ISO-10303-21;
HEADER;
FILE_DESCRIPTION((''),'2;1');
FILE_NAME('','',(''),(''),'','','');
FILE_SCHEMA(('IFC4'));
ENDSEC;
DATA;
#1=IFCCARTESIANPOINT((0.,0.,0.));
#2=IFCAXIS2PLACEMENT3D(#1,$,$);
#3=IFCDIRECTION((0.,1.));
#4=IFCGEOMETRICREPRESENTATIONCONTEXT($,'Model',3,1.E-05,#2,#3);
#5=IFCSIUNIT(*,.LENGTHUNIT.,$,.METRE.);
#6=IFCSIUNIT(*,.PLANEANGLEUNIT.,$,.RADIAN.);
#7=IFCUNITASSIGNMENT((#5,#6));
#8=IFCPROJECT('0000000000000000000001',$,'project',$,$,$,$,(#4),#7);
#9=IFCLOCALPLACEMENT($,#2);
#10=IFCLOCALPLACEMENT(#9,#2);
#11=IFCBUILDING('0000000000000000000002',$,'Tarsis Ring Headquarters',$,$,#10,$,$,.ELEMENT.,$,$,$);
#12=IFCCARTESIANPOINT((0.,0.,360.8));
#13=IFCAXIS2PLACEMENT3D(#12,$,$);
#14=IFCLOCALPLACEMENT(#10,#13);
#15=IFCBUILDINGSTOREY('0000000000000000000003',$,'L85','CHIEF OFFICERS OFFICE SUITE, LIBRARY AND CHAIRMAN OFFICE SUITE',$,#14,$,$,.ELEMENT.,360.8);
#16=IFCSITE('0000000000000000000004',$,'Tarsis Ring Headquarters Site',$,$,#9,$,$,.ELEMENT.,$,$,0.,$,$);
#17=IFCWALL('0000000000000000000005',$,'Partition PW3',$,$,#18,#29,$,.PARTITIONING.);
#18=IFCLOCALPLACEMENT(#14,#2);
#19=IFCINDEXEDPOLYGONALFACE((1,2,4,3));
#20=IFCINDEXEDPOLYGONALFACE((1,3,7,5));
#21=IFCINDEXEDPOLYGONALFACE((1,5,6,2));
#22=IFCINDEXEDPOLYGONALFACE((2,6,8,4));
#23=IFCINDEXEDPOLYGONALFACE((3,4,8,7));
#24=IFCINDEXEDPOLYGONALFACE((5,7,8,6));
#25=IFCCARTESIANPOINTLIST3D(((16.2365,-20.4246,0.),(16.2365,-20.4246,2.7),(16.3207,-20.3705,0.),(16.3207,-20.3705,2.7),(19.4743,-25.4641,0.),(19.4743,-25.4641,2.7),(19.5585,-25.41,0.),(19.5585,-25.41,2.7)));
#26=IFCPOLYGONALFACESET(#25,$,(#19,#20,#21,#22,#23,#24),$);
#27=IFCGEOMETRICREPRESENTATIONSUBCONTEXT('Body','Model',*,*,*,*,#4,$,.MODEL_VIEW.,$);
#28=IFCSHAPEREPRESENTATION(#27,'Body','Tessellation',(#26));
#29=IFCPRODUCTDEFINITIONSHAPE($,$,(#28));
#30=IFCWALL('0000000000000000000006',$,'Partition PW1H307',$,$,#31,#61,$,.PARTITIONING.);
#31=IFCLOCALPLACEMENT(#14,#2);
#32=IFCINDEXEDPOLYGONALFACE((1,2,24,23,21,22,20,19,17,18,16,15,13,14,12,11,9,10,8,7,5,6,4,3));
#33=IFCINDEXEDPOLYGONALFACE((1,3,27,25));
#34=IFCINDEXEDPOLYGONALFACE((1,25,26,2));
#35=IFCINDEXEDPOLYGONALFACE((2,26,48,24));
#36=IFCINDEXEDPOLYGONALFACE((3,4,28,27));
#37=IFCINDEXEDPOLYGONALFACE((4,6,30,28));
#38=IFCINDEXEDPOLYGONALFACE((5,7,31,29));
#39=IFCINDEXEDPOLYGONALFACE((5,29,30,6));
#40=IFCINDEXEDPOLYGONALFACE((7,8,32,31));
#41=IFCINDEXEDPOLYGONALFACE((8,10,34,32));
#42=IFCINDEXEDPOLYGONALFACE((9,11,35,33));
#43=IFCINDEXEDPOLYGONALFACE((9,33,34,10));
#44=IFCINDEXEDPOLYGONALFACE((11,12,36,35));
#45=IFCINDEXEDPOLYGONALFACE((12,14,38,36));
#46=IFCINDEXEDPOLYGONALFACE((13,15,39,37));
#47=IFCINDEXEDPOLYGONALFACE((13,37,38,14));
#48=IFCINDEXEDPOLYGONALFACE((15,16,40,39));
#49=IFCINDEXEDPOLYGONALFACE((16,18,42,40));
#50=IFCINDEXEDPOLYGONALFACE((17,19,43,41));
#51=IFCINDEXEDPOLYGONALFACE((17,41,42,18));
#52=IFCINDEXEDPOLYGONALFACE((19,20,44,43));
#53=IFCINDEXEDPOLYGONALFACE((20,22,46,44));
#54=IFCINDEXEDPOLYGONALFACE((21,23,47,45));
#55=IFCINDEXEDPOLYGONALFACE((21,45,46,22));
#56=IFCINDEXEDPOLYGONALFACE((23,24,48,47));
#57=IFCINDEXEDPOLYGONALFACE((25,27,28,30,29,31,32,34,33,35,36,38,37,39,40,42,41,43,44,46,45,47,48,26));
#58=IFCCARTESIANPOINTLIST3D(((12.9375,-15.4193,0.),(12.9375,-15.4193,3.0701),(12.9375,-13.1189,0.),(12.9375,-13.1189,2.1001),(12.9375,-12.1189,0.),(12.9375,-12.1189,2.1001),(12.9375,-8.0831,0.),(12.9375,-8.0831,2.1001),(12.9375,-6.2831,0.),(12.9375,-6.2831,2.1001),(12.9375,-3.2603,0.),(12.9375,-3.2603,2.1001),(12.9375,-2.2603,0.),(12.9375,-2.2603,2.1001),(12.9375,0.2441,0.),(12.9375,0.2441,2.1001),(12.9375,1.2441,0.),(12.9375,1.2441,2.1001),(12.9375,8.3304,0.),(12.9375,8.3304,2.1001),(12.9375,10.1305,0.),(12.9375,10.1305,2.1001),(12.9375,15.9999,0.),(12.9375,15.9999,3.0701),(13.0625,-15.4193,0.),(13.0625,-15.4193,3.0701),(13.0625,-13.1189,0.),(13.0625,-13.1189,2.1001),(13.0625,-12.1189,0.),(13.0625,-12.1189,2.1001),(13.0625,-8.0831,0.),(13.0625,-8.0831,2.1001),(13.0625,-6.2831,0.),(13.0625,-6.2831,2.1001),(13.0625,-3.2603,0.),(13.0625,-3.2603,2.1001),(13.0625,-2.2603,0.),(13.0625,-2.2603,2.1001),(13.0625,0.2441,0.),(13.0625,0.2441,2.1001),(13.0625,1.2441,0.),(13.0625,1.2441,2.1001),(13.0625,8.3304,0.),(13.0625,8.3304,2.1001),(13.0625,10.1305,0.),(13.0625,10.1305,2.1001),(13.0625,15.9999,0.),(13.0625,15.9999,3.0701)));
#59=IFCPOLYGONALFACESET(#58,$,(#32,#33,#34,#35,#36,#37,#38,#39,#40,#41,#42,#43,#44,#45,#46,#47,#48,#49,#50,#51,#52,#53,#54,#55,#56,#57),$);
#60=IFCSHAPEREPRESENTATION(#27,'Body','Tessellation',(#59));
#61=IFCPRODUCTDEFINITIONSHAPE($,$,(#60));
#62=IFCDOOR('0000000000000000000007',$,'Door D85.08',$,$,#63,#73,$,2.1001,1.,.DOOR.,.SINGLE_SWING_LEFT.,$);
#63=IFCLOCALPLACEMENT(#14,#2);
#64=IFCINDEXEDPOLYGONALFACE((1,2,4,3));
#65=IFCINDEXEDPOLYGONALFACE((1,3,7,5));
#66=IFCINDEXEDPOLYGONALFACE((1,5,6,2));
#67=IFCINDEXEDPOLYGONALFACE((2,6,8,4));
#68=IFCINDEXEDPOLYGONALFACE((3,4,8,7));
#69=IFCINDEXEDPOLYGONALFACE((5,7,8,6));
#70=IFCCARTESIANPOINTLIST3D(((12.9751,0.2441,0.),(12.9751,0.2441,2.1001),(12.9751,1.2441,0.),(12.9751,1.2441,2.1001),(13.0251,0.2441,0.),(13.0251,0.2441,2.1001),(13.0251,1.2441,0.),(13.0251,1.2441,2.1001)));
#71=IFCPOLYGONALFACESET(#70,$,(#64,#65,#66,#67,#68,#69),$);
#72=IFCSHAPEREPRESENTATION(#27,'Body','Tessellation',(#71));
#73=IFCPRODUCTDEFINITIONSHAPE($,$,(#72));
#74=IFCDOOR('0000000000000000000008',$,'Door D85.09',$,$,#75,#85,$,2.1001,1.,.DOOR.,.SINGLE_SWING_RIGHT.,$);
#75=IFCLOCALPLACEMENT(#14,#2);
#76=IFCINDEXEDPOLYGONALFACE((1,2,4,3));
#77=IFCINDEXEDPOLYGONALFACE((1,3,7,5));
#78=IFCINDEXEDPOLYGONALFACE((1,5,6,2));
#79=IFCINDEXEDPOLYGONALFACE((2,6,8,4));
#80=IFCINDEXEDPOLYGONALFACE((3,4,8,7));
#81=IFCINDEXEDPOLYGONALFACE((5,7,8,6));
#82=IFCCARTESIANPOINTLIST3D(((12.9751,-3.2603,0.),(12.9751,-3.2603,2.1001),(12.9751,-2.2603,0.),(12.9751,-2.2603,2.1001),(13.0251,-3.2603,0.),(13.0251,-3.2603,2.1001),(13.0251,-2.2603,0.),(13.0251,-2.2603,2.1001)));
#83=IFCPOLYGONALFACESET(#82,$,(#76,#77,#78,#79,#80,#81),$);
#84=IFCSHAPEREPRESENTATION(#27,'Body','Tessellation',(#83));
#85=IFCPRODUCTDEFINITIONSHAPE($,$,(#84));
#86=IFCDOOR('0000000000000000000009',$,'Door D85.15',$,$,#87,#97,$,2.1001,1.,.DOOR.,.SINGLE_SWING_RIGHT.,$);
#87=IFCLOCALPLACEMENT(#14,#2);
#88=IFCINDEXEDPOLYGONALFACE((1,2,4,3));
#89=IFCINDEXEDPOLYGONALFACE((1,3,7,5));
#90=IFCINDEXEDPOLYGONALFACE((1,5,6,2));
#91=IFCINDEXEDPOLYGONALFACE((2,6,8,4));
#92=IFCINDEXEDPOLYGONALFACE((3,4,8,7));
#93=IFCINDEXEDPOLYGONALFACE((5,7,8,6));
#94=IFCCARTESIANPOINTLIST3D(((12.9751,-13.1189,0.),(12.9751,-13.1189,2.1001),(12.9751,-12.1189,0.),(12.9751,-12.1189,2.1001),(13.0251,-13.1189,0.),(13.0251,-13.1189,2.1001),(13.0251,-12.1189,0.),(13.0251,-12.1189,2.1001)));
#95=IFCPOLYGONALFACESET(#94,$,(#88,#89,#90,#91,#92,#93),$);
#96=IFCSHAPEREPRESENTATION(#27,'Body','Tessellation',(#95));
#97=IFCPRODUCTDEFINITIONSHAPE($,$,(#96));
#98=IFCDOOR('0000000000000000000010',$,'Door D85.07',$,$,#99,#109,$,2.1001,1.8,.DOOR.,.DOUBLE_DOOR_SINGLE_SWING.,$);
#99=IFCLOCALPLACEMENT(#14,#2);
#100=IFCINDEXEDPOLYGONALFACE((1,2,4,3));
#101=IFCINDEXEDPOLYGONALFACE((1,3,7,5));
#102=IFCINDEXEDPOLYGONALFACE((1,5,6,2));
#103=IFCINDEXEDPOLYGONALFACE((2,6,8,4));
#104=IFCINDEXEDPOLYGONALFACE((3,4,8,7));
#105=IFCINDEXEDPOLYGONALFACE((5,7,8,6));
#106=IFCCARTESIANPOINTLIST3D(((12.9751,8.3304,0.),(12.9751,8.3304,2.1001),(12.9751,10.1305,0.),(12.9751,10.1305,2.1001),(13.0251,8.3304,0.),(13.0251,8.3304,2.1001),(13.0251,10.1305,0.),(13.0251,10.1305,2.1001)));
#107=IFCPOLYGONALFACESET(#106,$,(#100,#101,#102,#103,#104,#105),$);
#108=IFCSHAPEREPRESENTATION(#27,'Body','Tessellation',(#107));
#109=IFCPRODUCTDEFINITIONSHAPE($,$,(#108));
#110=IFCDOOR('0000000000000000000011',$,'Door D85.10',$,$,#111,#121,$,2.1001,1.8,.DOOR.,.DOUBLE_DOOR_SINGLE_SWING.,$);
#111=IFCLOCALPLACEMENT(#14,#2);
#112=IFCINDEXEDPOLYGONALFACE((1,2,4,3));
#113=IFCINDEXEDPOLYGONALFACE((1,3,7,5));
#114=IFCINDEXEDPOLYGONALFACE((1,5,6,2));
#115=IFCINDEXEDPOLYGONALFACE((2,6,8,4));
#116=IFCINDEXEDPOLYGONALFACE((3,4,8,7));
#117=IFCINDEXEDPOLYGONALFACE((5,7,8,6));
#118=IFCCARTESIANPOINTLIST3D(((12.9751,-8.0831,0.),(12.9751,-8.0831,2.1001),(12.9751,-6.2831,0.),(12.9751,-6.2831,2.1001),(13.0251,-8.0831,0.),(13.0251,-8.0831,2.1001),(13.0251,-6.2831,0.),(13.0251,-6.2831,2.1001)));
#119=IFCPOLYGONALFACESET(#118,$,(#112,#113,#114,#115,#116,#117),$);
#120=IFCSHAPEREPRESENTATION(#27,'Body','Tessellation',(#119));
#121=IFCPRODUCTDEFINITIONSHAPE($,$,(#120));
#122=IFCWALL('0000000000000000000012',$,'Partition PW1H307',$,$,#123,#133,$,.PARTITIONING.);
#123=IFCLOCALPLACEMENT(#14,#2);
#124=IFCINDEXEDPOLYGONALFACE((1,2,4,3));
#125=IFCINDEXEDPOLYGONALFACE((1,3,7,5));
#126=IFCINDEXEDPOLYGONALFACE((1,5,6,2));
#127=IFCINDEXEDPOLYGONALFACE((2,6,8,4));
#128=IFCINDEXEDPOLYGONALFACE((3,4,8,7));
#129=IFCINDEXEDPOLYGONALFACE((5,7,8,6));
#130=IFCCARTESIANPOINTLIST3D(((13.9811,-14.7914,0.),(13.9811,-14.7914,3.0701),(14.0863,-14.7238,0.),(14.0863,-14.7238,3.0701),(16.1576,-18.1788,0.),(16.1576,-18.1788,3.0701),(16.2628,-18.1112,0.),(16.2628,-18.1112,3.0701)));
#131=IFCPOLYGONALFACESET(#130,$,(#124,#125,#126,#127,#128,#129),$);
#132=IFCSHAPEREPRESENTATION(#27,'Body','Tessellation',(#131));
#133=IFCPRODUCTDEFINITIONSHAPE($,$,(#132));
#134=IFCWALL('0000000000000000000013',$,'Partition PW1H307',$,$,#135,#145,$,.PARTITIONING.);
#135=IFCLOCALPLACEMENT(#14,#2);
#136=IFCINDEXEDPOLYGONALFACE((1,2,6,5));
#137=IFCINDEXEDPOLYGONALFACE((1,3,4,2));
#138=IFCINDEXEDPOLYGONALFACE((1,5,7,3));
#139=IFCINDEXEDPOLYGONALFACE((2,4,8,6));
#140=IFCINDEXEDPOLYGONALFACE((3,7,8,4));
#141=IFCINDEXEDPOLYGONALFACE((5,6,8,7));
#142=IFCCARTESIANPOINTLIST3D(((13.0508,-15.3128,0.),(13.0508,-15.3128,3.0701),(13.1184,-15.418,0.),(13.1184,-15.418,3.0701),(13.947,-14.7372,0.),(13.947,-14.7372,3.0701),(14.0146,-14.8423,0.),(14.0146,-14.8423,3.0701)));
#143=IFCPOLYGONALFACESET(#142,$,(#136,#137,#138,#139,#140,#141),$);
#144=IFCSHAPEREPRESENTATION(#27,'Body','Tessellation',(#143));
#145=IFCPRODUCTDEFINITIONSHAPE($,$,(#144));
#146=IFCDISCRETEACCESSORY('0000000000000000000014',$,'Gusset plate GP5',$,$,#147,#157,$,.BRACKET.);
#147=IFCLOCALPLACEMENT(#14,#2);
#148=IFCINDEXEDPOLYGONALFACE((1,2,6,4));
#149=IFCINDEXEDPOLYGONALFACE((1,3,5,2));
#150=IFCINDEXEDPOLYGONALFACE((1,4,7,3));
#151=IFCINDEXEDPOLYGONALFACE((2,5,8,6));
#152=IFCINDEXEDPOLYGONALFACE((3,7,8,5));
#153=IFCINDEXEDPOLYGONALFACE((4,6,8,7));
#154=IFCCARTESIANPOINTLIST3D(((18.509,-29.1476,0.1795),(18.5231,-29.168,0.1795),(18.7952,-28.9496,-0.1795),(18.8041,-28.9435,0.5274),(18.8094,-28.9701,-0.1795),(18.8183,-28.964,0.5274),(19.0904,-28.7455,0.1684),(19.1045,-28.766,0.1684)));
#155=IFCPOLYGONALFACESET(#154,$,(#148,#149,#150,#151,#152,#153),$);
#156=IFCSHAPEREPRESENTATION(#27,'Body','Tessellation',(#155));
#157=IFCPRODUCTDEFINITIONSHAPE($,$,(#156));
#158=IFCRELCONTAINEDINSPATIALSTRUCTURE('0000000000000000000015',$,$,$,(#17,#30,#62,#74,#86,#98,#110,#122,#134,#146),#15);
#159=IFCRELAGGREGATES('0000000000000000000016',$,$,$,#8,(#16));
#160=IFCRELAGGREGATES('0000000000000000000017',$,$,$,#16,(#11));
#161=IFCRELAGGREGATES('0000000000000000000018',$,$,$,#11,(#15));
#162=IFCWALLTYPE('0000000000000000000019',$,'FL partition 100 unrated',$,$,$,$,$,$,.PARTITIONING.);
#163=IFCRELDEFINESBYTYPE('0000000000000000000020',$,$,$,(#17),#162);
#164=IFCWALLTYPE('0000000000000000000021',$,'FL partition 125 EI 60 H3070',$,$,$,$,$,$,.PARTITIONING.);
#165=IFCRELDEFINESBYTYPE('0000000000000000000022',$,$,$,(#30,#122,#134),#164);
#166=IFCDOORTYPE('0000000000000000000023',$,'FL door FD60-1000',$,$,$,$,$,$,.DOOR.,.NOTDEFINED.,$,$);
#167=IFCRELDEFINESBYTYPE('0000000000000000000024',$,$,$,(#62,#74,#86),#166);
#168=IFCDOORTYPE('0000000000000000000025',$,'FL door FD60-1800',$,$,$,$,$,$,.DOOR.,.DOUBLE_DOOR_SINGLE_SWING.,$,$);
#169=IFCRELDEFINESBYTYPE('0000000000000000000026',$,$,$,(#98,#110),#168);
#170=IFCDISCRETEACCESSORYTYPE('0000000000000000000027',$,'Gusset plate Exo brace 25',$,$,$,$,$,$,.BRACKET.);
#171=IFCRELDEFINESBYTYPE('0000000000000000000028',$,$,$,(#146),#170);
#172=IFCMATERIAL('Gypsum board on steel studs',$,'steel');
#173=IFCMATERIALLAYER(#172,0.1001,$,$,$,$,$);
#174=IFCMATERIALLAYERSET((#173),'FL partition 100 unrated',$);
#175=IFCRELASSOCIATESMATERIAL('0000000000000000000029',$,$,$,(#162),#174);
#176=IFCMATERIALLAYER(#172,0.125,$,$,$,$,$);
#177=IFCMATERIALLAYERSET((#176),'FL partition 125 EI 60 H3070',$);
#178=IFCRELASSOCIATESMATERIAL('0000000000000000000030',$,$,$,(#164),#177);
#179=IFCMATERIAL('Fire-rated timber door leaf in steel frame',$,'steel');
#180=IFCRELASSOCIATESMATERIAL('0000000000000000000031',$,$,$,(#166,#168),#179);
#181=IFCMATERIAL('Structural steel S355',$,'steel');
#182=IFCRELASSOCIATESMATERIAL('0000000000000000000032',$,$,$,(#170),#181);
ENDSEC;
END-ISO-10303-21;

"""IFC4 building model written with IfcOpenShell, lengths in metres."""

from ifc_helpers import new_model, si_unit, direction, frame, frame_2d, origin, origin_2d, place, context, subcontext, project, spatial, rectangle, extrude, material, layer, layer_set, material_profile, profile_set, type_object, element, fill, save


model = new_model("IFC4")

# Units and contexts
model_context = context("Model", 3, precision=1e-05, world=origin(), true_north=direction((0.0, 1.0)))
body_context = subcontext(model_context, "Body", "Model", "MODEL_VIEW")
ifc_project = project(units=[si_unit("LENGTHUNIT", "METRE"), si_unit("PLANEANGLEUNIT", "RADIAN")], contexts=[model_context])

# Site, building, storey
site_placement = place(None, origin())
site = spatial("IfcSite", under=ifc_project, at=site_placement, Name="Tarsis Ring Headquarters Site", CompositionType="ELEMENT", RefElevation=0.0)
building_placement = place(site_placement, origin())
building = spatial("IfcBuilding", under=site, at=building_placement, Name="Tarsis Ring Headquarters", CompositionType="ELEMENT")
storey_placement = place(building_placement, frame((0.0, 0.0, 360.8)))
storey = spatial("IfcBuildingStorey", under=building, at=storey_placement, Name="L85", Description="CHIEF OFFICERS OFFICE SUITE, LIBRARY AND CHAIRMAN OFFICE SUITE", CompositionType="ELEMENT", Elevation=360.8)

# Shared definitions
ifc_material_1 = material(Name="Structural steel S355", Category="steel")

# Wall
ifc_material_2 = material(Name="Gypsum board on steel studs", Category="steel")
ifc_layer_1 = layer(ifc_material_2, 0.1001)
ifc_layer_set_1 = layer_set([ifc_layer_1], Name="FL partition 100 unrated")
wall_type_1 = type_object("IfcWallType", Name="FL partition 100 unrated", PredefinedType="PARTITIONING", material=ifc_layer_set_1)
wall_1_placement = place(storey_placement, frame((16.2786, -20.3975, 0.0), z_axis=(0.0, 0.0, 1.0), x_axis=(0.540531, -0.841324, 0.0)))
element("IfcWall", 1, at=wall_1_placement, inside=storey, type_object=wall_type_1, Name="Partition PW3", PredefinedType="PARTITIONING", context=body_context, shape_type="SweptSolid", body=[
    extrude(rectangle(XDim=5.99, YDim=0.1001, at=frame_2d((2.9951, 0.0))), origin(), (0.0, 0.0, 1.0), 2.7),
])

# Wall, openings, doors
ifc_layer_2 = layer(ifc_material_2, 0.125)
ifc_layer_set_2 = layer_set([ifc_layer_2], Name="FL partition 125 EI 60 H3070")
wall_type_2 = type_object("IfcWallType", Name="FL partition 125 EI 60 H3070", PredefinedType="PARTITIONING", material=ifc_layer_set_2)
wall_2_placement = place(storey_placement, frame((13.0, -15.4192, 0.0), z_axis=(0.0, 0.0, 1.0), x_axis=(0.0, 1.0, 0.0)))
wall_2 = element("IfcWall", 2, at=wall_2_placement, inside=storey, type_object=wall_type_2, Name="Partition PW1H307", PredefinedType="PARTITIONING", context=body_context, shape_type="SweptSolid", body=[
    extrude(rectangle(XDim=31.4192, YDim=0.125, at=frame_2d((15.7095, 0.0))), origin(), (0.0, 0.0, 1.0), 3.0701),
])
opening_1_placement = place(wall_2_placement, frame((23.7498, 0.0, 0.0)))
opening_1 = element("IfcOpeningElement", 3, at=opening_1_placement, cuts=wall_2, PredefinedType="OPENING", context=body_context, shape_type="SweptSolid", body=[
    extrude(rectangle(XDim=1.8, YDim=2.1001, at=frame_2d((0.8999, 1.05))), frame((0.0, 0.0725, 0.0), z_axis=(0.0, -1.0, 0.0), x_axis=(1.0, 0.0, 0.0)), (0.0, 0.0, 1.0), 0.145),
])
opening_2_placement = place(wall_2_placement, frame((15.6633, 0.0, 0.0)))
opening_2 = element("IfcOpeningElement", 4, at=opening_2_placement, cuts=wall_2, PredefinedType="OPENING", context=body_context, shape_type="SweptSolid", body=[
    extrude(rectangle(XDim=1.0, YDim=2.1001, at=frame_2d((0.5, 1.05))), frame((0.0, 0.0725, 0.0), z_axis=(0.0, -1.0, 0.0), x_axis=(1.0, 0.0, 0.0)), (0.0, 0.0, 1.0), 0.145),
])
opening_3_placement = place(wall_2_placement, frame((12.1589, 0.0, 0.0)))
opening_3 = element("IfcOpeningElement", 5, at=opening_3_placement, cuts=wall_2, PredefinedType="OPENING", context=body_context, shape_type="SweptSolid", body=[
    extrude(rectangle(XDim=1.0, YDim=2.1001, at=frame_2d((0.5, 1.05))), frame((0.0, 0.0725, 0.0), z_axis=(0.0, -1.0, 0.0), x_axis=(1.0, 0.0, 0.0)), (0.0, 0.0, 1.0), 0.145),
])
opening_4_placement = place(wall_2_placement, frame((7.3362, 0.0, 0.0)))
opening_4 = element("IfcOpeningElement", 6, at=opening_4_placement, cuts=wall_2, PredefinedType="OPENING", context=body_context, shape_type="SweptSolid", body=[
    extrude(rectangle(XDim=1.8, YDim=2.1001, at=frame_2d((0.8999, 1.05))), frame((0.0, 0.0725, 0.0), z_axis=(0.0, -1.0, 0.0), x_axis=(1.0, 0.0, 0.0)), (0.0, 0.0, 1.0), 0.145),
])
opening_5_placement = place(wall_2_placement, frame((2.3003, 0.0, 0.0)))
opening_5 = element("IfcOpeningElement", 7, at=opening_5_placement, cuts=wall_2, PredefinedType="OPENING", context=body_context, shape_type="SweptSolid", body=[
    extrude(rectangle(XDim=1.0, YDim=2.1001, at=frame_2d((0.5, 1.05))), frame((0.0, 0.0725, 0.0), z_axis=(0.0, -1.0, 0.0), x_axis=(1.0, 0.0, 0.0)), (0.0, 0.0, 1.0), 0.145),
])
ifc_material_3 = material(Name="Fire-rated timber door leaf in steel frame", Category="steel")
door_type_1 = type_object("IfcDoorType", Name="FL door FD60-1000", OperationType="NOTDEFINED", PredefinedType="DOOR", material=ifc_material_3)
door_1_placement = place(opening_2_placement, origin())
door_1 = element("IfcDoor", 8, at=door_1_placement, inside=storey, type_object=door_type_1, Name="Door D85.08", OperationType="SINGLE_SWING_LEFT", OverallHeight=2.1001, OverallWidth=1.0, PredefinedType="DOOR", context=body_context, shape_type="SweptSolid", body=[
    extrude(rectangle(XDim=1.0, YDim=2.1001, at=frame_2d((0.5, 1.05))), frame((0.0, 0.0249, 0.0), z_axis=(0.0, -1.0, 0.0), x_axis=(1.0, 0.0, 0.0)), (0.0, 0.0, 1.0), 0.05),
])
fill(opening_2, door_1)
door_2_placement = place(opening_3_placement, origin())
door_2 = element("IfcDoor", 9, at=door_2_placement, inside=storey, type_object=door_type_1, Name="Door D85.09", OperationType="SINGLE_SWING_RIGHT", OverallHeight=2.1001, OverallWidth=1.0, PredefinedType="DOOR", context=body_context, shape_type="SweptSolid", body=[
    extrude(rectangle(XDim=1.0, YDim=2.1001, at=frame_2d((0.5, 1.05))), frame((0.0, 0.0249, 0.0), z_axis=(0.0, -1.0, 0.0), x_axis=(1.0, 0.0, 0.0)), (0.0, 0.0, 1.0), 0.05),
])
fill(opening_3, door_2)
door_3_placement = place(opening_5_placement, origin())
door_3 = element("IfcDoor", 10, at=door_3_placement, inside=storey, type_object=door_type_1, Name="Door D85.15", OperationType="SINGLE_SWING_RIGHT", OverallHeight=2.1001, OverallWidth=1.0, PredefinedType="DOOR", context=body_context, shape_type="SweptSolid", body=[
    extrude(rectangle(XDim=1.0, YDim=2.1001, at=frame_2d((0.5, 1.05))), frame((0.0, 0.0249, 0.0), z_axis=(0.0, -1.0, 0.0), x_axis=(1.0, 0.0, 0.0)), (0.0, 0.0, 1.0), 0.05),
])
fill(opening_5, door_3)
door_type_2 = type_object("IfcDoorType", Name="FL door FD60-1800", OperationType="DOUBLE_DOOR_SINGLE_SWING", PredefinedType="DOOR", material=ifc_material_3)
door_4_placement = place(opening_1_placement, origin())
door_4 = element("IfcDoor", 11, at=door_4_placement, inside=storey, type_object=door_type_2, Name="Door D85.07", OperationType="DOUBLE_DOOR_SINGLE_SWING", OverallHeight=2.1001, OverallWidth=1.8, PredefinedType="DOOR", context=body_context, shape_type="SweptSolid", body=[
    extrude(rectangle(XDim=1.8, YDim=2.1001, at=frame_2d((0.8999, 1.05))), frame((0.0, 0.0249, 0.0), z_axis=(0.0, -1.0, 0.0), x_axis=(1.0, 0.0, 0.0)), (0.0, 0.0, 1.0), 0.05),
])
fill(opening_1, door_4)
door_5_placement = place(opening_4_placement, origin())
door_5 = element("IfcDoor", 12, at=door_5_placement, inside=storey, type_object=door_type_2, Name="Door D85.10", OperationType="DOUBLE_DOOR_SINGLE_SWING", OverallHeight=2.1001, OverallWidth=1.8, PredefinedType="DOOR", context=body_context, shape_type="SweptSolid", body=[
    extrude(rectangle(XDim=1.8, YDim=2.1001, at=frame_2d((0.8999, 1.05))), frame((0.0, 0.0249, 0.0), z_axis=(0.0, -1.0, 0.0), x_axis=(1.0, 0.0, 0.0)), (0.0, 0.0, 1.0), 0.05),
])
fill(opening_4, door_5)

# Walls
wall_3_placement = place(storey_placement, frame((14.0337, -14.7576, 0.0), z_axis=(0.0, 0.0, 1.0), x_axis=(0.540558, -0.841307, 0.0)))
element("IfcWall", 13, at=wall_3_placement, inside=storey, type_object=wall_type_2, Name="Partition PW1H307", PredefinedType="PARTITIONING", context=body_context, shape_type="SweptSolid", body=[
    extrude(rectangle(XDim=4.0264, YDim=0.125, at=frame_2d((2.0132, 0.0))), origin(), (0.0, 0.0, 1.0), 3.0701),
])
wall_4_placement = place(storey_placement, frame((13.0845, -15.3655, 0.0), z_axis=(0.0, 0.0, 1.0), x_axis=(0.841379, 0.540445, 0.0)))
element("IfcWall", 14, at=wall_4_placement, inside=storey, type_object=wall_type_2, Name="Partition PW1H307", PredefinedType="PARTITIONING", context=body_context, shape_type="SweptSolid", body=[
    extrude(rectangle(XDim=1.0652, YDim=0.125, at=frame_2d((0.5327, 0.0))), origin(), (0.0, 0.0, 1.0), 3.0701),
])

# Discrete accessory
ifc_material_profile_1 = material_profile(ifc_material_1, rectangle(XDim=0.0249, YDim=0.5, at=origin_2d()), Name="PL 25x500")
ifc_profile_set_1 = profile_set([ifc_material_profile_1], Name="Structural steel S355")
discrete_accessory_type = type_object("IfcDiscreteAccessoryType", Name="Gusset plate Exo brace 25", PredefinedType="BRACKET", material=ifc_profile_set_1)
discrete_accessory_placement = place(storey_placement, frame((18.6592, -29.0588, 0.0), z_axis=(0.59055, 0.408354, 0.696058), x_axis=(-0.56875, 0.82251, 0.0)))
element("IfcDiscreteAccessory", 15, at=discrete_accessory_placement, inside=storey, type_object=discrete_accessory_type, Name="Gusset plate GP5", PredefinedType="BRACKET", context=body_context, shape_type="SweptSolid", body=[
    extrude(rectangle(XDim=0.0249, YDim=0.5, at=origin_2d()), origin(), (0.0, 0.0, 1.0), 0.4998),
])

save(model, "model.ifc")
